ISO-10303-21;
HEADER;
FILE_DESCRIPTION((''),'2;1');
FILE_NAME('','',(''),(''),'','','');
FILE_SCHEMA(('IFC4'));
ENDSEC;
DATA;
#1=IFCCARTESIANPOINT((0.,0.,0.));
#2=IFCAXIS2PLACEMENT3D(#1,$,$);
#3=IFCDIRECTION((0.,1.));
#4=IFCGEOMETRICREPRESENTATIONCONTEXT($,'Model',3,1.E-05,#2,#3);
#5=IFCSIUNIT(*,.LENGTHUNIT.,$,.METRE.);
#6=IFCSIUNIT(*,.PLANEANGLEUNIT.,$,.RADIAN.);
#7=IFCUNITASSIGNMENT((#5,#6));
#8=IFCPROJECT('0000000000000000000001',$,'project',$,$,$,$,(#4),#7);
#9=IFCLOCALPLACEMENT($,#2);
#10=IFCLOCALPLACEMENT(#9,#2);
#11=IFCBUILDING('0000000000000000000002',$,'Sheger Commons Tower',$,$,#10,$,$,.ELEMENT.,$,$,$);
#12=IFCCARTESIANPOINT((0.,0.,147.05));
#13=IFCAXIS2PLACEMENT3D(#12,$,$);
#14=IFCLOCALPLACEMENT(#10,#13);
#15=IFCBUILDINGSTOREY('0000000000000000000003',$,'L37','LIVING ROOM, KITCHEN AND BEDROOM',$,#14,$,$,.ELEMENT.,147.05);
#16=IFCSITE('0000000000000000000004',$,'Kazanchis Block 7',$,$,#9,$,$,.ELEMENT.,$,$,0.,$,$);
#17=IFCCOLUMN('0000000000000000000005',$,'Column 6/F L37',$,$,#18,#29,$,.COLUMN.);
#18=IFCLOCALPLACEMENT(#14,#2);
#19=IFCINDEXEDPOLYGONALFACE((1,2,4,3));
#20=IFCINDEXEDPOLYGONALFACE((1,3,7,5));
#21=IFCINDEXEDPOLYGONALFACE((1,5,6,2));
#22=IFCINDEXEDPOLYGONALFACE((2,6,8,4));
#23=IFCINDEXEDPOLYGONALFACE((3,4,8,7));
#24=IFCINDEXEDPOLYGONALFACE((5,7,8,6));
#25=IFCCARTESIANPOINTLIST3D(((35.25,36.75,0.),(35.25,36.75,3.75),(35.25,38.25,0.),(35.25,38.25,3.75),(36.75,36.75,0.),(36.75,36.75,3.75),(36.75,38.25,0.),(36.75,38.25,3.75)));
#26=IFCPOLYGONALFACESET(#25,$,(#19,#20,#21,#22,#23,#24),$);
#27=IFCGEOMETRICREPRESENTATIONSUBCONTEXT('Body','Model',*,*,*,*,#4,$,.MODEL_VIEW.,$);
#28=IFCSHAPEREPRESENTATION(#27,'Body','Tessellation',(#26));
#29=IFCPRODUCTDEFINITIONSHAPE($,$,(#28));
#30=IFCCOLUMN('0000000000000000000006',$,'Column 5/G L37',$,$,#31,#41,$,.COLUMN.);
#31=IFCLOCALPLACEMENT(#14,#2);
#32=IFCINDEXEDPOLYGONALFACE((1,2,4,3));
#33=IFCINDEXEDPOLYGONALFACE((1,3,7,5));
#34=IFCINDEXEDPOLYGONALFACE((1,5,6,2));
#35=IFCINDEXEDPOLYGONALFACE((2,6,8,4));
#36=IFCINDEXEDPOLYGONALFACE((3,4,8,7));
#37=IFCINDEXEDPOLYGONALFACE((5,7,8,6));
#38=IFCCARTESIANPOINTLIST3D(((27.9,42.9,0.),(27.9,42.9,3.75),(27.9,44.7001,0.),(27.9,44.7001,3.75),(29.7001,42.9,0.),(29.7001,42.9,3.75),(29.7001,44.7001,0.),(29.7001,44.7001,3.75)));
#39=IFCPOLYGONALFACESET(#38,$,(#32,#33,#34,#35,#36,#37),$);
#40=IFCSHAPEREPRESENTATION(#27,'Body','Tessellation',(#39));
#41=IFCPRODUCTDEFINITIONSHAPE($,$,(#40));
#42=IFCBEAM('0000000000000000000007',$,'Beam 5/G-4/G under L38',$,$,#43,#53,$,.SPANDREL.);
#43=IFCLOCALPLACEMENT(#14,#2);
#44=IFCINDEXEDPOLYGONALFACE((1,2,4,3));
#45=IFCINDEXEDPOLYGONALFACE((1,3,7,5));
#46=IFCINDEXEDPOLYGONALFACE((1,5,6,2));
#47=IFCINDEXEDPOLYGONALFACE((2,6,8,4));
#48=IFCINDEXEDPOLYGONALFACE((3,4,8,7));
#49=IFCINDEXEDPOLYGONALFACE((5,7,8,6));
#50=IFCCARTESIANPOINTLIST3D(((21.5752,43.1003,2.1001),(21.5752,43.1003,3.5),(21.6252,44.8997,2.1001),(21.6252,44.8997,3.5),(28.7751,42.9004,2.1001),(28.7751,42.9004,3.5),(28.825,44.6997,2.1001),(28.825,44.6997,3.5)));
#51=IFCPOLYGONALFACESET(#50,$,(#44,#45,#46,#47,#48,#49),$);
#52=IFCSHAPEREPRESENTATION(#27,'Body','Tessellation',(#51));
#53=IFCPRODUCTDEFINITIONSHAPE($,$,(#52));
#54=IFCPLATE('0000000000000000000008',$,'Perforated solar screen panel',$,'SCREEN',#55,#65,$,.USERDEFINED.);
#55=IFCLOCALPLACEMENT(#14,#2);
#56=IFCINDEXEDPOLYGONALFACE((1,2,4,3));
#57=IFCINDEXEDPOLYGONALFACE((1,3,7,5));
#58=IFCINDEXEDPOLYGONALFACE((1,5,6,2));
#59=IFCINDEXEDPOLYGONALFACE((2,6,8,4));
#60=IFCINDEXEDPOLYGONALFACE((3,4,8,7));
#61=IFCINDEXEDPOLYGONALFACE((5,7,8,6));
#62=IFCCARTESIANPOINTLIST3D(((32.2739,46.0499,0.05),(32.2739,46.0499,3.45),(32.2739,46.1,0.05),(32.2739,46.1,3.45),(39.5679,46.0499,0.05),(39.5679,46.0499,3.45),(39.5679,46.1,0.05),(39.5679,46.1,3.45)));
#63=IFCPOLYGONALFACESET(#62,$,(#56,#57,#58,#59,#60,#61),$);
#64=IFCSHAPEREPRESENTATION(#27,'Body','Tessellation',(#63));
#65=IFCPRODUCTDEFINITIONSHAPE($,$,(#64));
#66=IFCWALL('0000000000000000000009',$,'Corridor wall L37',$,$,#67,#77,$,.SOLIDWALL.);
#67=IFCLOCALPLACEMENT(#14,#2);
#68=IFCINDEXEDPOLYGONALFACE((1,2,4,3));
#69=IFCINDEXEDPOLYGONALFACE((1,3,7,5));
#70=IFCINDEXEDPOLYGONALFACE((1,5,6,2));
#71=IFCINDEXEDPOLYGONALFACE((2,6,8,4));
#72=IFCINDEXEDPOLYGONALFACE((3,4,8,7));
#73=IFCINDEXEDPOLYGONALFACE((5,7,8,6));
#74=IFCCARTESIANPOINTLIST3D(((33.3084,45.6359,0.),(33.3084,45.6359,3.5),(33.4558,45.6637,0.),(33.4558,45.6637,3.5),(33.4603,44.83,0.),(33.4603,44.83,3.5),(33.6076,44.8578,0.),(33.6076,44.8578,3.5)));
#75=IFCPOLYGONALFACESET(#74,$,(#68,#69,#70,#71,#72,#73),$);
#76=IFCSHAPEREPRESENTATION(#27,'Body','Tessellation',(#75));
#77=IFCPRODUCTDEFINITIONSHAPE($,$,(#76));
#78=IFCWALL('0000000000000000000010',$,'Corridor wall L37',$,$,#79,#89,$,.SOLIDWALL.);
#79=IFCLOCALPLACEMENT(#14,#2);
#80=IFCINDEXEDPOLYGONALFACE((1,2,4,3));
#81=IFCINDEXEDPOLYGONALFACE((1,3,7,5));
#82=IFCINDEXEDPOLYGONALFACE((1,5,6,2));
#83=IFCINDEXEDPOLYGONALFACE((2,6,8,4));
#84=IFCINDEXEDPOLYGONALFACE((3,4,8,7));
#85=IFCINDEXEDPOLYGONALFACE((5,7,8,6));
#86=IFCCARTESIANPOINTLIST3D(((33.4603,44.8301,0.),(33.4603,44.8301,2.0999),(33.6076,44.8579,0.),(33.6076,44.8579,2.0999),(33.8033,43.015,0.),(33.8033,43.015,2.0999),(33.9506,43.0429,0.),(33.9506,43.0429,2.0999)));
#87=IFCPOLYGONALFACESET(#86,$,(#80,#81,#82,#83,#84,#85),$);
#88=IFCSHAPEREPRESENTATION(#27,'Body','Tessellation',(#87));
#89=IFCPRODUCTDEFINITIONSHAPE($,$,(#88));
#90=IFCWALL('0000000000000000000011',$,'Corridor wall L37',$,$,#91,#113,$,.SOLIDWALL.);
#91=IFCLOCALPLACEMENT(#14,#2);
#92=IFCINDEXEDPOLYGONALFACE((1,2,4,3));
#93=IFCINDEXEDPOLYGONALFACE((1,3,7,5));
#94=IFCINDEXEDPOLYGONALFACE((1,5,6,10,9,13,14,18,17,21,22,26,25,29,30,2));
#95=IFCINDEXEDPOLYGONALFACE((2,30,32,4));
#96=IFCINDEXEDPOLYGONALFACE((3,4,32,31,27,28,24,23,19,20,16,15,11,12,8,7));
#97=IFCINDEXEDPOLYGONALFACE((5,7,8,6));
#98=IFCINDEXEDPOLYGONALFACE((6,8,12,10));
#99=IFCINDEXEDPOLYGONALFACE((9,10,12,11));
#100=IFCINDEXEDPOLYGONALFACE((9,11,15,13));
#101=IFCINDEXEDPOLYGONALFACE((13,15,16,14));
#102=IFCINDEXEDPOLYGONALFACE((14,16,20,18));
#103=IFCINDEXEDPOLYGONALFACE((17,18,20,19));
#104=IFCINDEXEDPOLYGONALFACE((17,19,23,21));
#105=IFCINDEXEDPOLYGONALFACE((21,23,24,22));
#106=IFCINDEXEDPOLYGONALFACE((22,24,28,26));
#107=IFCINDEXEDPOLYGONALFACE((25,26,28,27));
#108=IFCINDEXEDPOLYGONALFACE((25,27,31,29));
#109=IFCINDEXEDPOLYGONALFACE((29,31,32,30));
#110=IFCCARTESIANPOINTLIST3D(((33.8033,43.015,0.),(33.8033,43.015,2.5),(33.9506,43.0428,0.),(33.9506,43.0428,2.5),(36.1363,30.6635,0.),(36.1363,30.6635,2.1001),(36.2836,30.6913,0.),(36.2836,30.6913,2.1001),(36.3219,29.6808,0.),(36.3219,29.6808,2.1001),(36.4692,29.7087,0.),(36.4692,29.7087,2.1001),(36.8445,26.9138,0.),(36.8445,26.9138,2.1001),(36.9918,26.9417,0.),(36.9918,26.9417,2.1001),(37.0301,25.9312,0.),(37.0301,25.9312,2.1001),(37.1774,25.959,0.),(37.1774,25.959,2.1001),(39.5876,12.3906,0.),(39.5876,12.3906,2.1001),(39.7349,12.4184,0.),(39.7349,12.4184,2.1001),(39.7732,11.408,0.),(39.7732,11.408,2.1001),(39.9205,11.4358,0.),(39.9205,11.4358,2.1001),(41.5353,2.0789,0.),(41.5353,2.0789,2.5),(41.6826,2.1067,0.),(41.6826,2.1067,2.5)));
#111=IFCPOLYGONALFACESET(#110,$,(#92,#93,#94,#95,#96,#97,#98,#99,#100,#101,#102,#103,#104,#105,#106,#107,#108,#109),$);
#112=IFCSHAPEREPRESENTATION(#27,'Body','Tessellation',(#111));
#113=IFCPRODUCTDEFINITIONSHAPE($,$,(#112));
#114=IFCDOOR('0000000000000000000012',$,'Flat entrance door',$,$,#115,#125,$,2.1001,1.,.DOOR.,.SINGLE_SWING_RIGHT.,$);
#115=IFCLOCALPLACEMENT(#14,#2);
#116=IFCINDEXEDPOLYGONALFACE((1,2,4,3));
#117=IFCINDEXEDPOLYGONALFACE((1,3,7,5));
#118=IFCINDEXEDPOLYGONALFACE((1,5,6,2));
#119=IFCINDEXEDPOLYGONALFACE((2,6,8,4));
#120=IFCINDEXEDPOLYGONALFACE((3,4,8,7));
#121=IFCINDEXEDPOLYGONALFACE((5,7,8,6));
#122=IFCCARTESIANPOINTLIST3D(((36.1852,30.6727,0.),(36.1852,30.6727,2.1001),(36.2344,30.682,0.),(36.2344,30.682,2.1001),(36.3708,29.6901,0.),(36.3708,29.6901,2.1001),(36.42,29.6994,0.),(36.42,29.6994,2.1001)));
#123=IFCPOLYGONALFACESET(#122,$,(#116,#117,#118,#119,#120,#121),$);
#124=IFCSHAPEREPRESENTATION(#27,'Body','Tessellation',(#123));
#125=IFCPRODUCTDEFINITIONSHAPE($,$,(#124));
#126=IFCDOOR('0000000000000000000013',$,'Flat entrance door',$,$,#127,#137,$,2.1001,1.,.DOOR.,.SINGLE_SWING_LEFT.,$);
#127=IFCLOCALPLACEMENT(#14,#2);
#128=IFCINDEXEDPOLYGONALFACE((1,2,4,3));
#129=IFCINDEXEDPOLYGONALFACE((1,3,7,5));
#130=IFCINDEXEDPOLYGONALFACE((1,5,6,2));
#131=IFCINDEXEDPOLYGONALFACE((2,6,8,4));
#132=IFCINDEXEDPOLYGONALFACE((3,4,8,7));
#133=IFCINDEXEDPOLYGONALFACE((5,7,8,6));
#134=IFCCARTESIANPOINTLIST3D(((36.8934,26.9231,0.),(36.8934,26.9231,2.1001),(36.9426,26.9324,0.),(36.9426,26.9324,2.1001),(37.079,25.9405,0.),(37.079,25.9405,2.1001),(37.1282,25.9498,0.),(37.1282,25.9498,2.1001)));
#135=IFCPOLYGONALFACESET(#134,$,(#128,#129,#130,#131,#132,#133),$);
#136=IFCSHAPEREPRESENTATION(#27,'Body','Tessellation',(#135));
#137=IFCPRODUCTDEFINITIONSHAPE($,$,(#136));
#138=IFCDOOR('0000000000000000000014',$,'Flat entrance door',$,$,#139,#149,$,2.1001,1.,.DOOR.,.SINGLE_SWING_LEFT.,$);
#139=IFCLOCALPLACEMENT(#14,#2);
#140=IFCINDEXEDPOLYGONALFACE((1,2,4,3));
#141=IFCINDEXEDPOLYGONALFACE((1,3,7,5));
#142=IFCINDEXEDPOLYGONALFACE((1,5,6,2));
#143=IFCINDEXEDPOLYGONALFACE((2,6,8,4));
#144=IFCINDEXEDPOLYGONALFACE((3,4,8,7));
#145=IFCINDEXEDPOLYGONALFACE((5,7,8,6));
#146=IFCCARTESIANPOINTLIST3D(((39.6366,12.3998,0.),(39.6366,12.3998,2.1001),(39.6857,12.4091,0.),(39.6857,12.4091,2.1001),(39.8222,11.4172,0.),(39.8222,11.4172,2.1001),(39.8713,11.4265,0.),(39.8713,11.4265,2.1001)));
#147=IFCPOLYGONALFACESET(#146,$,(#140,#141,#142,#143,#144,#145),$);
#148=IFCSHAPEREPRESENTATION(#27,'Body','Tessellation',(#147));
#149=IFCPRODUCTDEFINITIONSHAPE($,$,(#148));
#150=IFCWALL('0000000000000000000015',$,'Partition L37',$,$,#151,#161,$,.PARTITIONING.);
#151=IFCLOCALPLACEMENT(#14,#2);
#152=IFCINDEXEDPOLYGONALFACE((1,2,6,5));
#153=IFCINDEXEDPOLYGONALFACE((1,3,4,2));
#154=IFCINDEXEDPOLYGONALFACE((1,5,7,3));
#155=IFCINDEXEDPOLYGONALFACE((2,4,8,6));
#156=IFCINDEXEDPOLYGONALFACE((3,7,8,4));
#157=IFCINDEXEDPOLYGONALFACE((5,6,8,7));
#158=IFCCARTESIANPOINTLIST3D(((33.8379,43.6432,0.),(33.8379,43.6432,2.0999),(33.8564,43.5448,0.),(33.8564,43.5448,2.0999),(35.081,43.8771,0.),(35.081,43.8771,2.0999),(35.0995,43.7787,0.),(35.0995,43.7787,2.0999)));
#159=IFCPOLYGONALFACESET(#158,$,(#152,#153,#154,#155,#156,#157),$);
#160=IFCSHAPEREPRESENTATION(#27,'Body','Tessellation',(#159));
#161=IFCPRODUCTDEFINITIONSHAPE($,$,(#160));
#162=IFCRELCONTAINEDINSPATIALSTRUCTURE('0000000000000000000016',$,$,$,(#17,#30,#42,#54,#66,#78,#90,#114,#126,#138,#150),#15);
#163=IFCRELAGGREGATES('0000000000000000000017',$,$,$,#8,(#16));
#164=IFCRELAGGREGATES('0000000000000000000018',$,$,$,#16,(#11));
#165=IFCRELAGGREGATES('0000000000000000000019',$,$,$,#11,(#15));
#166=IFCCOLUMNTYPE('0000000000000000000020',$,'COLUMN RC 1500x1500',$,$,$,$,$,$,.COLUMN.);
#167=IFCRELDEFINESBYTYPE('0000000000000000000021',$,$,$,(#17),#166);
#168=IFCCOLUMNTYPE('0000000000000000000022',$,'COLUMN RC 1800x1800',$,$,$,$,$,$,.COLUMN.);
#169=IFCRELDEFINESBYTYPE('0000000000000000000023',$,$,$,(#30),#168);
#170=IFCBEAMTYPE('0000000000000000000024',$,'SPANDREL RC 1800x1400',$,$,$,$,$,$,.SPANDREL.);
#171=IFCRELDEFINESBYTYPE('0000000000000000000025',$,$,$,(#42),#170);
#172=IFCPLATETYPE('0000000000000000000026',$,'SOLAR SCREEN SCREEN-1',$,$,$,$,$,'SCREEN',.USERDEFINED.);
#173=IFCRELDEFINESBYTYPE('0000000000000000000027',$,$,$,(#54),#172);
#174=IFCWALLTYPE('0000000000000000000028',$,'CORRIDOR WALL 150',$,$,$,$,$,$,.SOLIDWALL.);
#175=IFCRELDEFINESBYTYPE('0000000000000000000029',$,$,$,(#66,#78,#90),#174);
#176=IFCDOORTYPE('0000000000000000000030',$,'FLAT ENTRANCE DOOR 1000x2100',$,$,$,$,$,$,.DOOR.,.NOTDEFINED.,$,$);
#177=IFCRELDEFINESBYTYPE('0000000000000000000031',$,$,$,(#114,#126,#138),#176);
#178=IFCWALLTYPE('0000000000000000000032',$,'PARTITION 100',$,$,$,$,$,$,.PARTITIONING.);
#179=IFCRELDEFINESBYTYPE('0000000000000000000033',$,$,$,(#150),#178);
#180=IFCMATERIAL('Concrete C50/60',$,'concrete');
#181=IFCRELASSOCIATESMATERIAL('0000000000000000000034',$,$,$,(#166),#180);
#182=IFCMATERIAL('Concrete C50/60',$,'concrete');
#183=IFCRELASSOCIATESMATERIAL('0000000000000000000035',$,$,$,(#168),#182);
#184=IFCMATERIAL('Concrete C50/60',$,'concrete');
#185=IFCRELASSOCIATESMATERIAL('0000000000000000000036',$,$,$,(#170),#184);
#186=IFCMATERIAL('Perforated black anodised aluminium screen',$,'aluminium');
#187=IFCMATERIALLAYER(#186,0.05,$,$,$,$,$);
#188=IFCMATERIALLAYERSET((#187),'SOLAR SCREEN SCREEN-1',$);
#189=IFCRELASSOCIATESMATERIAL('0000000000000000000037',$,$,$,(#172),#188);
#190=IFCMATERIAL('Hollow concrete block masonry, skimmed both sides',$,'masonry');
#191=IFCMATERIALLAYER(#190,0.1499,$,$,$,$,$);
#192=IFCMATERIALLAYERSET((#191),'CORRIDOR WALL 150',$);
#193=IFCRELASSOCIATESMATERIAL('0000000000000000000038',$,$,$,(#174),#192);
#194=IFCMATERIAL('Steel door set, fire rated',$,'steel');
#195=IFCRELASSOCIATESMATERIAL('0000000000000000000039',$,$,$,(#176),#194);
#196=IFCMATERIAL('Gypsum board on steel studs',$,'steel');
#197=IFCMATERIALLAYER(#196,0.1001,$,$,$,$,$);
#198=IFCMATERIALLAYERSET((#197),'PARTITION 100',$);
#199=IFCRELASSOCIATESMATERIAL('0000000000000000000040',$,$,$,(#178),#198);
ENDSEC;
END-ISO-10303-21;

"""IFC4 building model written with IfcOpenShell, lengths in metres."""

from ifc_helpers import new_model, si_unit, direction, frame, frame_2d, origin, origin_2d, place, context, subcontext, project, spatial, rectangle, extrude, material, layer, layer_set, material_profile, profile_set, type_object, element, fill, save


model = new_model("IFC4")

# Units and contexts
model_context = context("Model", 3, precision=1e-05, world=origin(), true_north=direction((0.0, 1.0)))
body_context = subcontext(model_context, "Body", "Model", "MODEL_VIEW")
ifc_project = project(units=[si_unit("LENGTHUNIT", "METRE"), si_unit("PLANEANGLEUNIT", "RADIAN")], contexts=[model_context])

# Site, building, storey
site_placement = place(None, origin())
site = spatial("IfcSite", under=ifc_project, at=site_placement, Name="Kazanchis Block 7", CompositionType="ELEMENT", RefElevation=0.0)
building_placement = place(site_placement, origin())
building = spatial("IfcBuilding", under=site, at=building_placement, Name="Sheger Commons Tower", CompositionType="ELEMENT")
storey_placement = place(building_placement, frame((0.0, 0.0, 147.05)))
storey = spatial("IfcBuildingStorey", under=building, at=storey_placement, Name="L37", Description="LIVING ROOM, KITCHEN AND BEDROOM", CompositionType="ELEMENT", Elevation=147.05)

# Columns
ifc_material_1 = material(Name="Concrete C50/60", Category="concrete")
ifc_material_profile_1 = material_profile(ifc_material_1, rectangle(XDim=1.5, YDim=1.5, at=origin_2d()), Name="RC 1500x1500")
ifc_profile_set_1 = profile_set([ifc_material_profile_1], Name="Concrete C50/60")
column_type_1 = type_object("IfcColumnType", Name="COLUMN RC 1500x1500", PredefinedType="COLUMN", material=ifc_profile_set_1)
column_1_placement = place(storey_placement, frame((36.0, 37.5, 0.0), z_axis=(0.0, 0.0, 1.0), x_axis=(1.0, 0.0, 0.0)))
element("IfcColumn", 1, at=column_1_placement, inside=storey, type_object=column_type_1, Name="Column 6/F L37", PredefinedType="COLUMN", context=body_context, shape_type="SweptSolid", body=[
    extrude(rectangle(XDim=1.5, YDim=1.5, at=origin_2d()), origin(), (0.0, 0.0, 1.0), 3.75),
])
ifc_material_2 = material(Name="Concrete C50/60", Category="concrete")
ifc_material_profile_2 = material_profile(ifc_material_2, rectangle(XDim=1.8, YDim=1.8, at=origin_2d()), Name="RC 1800x1800")
ifc_profile_set_2 = profile_set([ifc_material_profile_2], Name="Concrete C50/60")
column_type_2 = type_object("IfcColumnType", Name="COLUMN RC 1800x1800", PredefinedType="COLUMN", material=ifc_profile_set_2)
column_2_placement = place(storey_placement, frame((28.8, 43.8, 0.0), z_axis=(0.0, 0.0, 1.0), x_axis=(1.0, 0.0, 0.0)))
element("IfcColumn", 2, at=column_2_placement, inside=storey, type_object=column_type_2, Name="Column 5/G L37", PredefinedType="COLUMN", context=body_context, shape_type="SweptSolid", body=[
    extrude(rectangle(XDim=1.8, YDim=1.8, at=origin_2d()), origin(), (0.0, 0.0, 1.0), 3.75),
])

# Beam
ifc_material_3 = material(Name="Concrete C50/60", Category="concrete")
ifc_material_profile_3 = material_profile(ifc_material_3, rectangle(XDim=1.8, YDim=1.3999, at=origin_2d()), Name="RC 1800x1400")
ifc_profile_set_3 = profile_set([ifc_material_profile_3], Name="Concrete C50/60")
beam_type = type_object("IfcBeamType", Name="SPANDREL RC 1800x1400", PredefinedType="SPANDREL", material=ifc_profile_set_3)
beam_placement = place(storey_placement, frame((28.8, 43.8, 2.8), z_axis=(-0.999615, 0.02776, 0.0), x_axis=(-0.02776, -0.999615, 0.0)))
element("IfcBeam", 3, at=beam_placement, inside=storey, type_object=beam_type, Name="Beam 5/G-4/G under L38", PredefinedType="SPANDREL", context=body_context, shape_type="SweptSolid", body=[
    extrude(rectangle(XDim=1.8, YDim=1.3999, at=origin_2d()), origin(), (0.0, 0.0, 1.0), 7.2026),
])

# Plate
ifc_material_4 = material(Name="Perforated black anodised aluminium screen", Category="aluminium")
ifc_layer_1 = layer(ifc_material_4, 0.05)
ifc_layer_set_1 = layer_set([ifc_layer_1], Name="SOLAR SCREEN SCREEN-1")
plate_type = type_object("IfcPlateType", Name="SOLAR SCREEN SCREEN-1", ElementType="SCREEN", PredefinedType="USERDEFINED", material=ifc_layer_set_1)
plate_placement = place(storey_placement, frame((35.9209, 46.075, 0.05), z_axis=(0.0, 0.0, 1.0), x_axis=(-1.0, 0.0, 0.0)))
element("IfcPlate", 4, at=plate_placement, inside=storey, type_object=plate_type, Name="Perforated solar screen panel", ObjectType="SCREEN", PredefinedType="USERDEFINED", context=body_context, shape_type="SweptSolid", body=[
    extrude(rectangle(XDim=7.2939, YDim=0.05, at=origin_2d()), origin(), (0.0, 0.0, 1.0), 3.3999),
])

# Walls
ifc_material_5 = material(Name="Hollow concrete block masonry, skimmed both sides", Category="masonry")
ifc_layer_2 = layer(ifc_material_5, 0.1499)
ifc_layer_set_2 = layer_set([ifc_layer_2], Name="CORRIDOR WALL 150")
wall_type_1 = type_object("IfcWallType", Name="CORRIDOR WALL 150", PredefinedType="SOLIDWALL", material=ifc_layer_set_2)
wall_1_placement = place(storey_placement, frame((33.3821, 45.6499, 0.0), z_axis=(0.0, 0.0, 1.0), x_axis=(0.185169, -0.982707, 0.0)))
element("IfcWall", 5, at=wall_1_placement, inside=storey, type_object=wall_type_1, Name="Corridor wall L37", PredefinedType="SOLIDWALL", context=body_context, shape_type="SweptSolid", body=[
    extrude(rectangle(XDim=0.8201, YDim=0.1499, at=frame_2d((0.4102, 0.0))), origin(), (0.0, 0.0, 1.0), 3.5),
])
wall_2_placement = place(storey_placement, frame((33.5339, 44.844, 0.0), z_axis=(0.0, 0.0, 1.0), x_axis=(0.185709, -0.982605, 0.0)))
element("IfcWall", 6, at=wall_2_placement, inside=storey, type_object=wall_type_1, Name="Corridor wall L37", PredefinedType="SOLIDWALL", context=body_context, shape_type="SweptSolid", body=[
    extrude(rectangle(XDim=1.8472, YDim=0.1499, at=frame_2d((0.9236, 0.0))), origin(), (0.0, 0.0, 1.0), 2.0999),
])

# Wall, openings, doors
wall_3_placement = place(storey_placement, frame((33.877, 43.0291, 0.0), z_axis=(0.0, 0.0, 1.0), x_axis=(0.185597, -0.982626, 0.0)))
wall_3 = element("IfcWall", 7, at=wall_3_placement, inside=storey, type_object=wall_type_1, Name="Corridor wall L37", PredefinedType="SOLIDWALL", context=body_context, shape_type="SweptSolid", body=[
    extrude(rectangle(XDim=41.6599, YDim=0.1499, at=frame_2d((20.8301, 0.0))), origin(), (0.0, 0.0, 1.0), 2.5),
])
opening_1_placement = place(wall_3_placement, frame((12.5701, 0.0, 0.0)))
opening_1 = element("IfcOpeningElement", 8, at=opening_1_placement, cuts=wall_3, PredefinedType="OPENING", context=body_context, shape_type="SweptSolid", body=[
    extrude(rectangle(XDim=1.0, YDim=2.1001, at=frame_2d((0.5, 1.05))), frame((0.0, 0.085, 0.0), z_axis=(0.0, -1.0, 0.0), x_axis=(1.0, 0.0, 0.0)), (0.0, 0.0, 1.0), 0.1699),
])
opening_2_placement = place(wall_3_placement, frame((16.386, 0.0, 0.0)))
opening_2 = element("IfcOpeningElement", 9, at=opening_2_placement, cuts=wall_3, PredefinedType="OPENING", context=body_context, shape_type="SweptSolid", body=[
    extrude(rectangle(XDim=1.0, YDim=2.1001, at=frame_2d((0.5, 1.05))), frame((0.0, 0.085, 0.0), z_axis=(0.0, -1.0, 0.0), x_axis=(1.0, 0.0, 0.0)), (0.0, 0.0, 1.0), 0.1699),
])
opening_3_placement = place(wall_3_placement, frame((31.166, 0.0, 0.0)))
opening_3 = element("IfcOpeningElement", 10, at=opening_3_placement, cuts=wall_3, PredefinedType="OPENING", context=body_context, shape_type="SweptSolid", body=[
    extrude(rectangle(XDim=1.0, YDim=2.1001, at=frame_2d((0.5, 1.05))), frame((0.0, 0.085, 0.0), z_axis=(0.0, -1.0, 0.0), x_axis=(1.0, 0.0, 0.0)), (0.0, 0.0, 1.0), 0.1699),
])
ifc_material_6 = material(Name="Steel door set, fire rated", Category="steel")
door_type_1 = type_object("IfcDoorType", Name="FLAT ENTRANCE DOOR 1000x2100", OperationType="NOTDEFINED", PredefinedType="DOOR", material=ifc_material_6)
door_1_placement = place(opening_1_placement, origin())
door_1 = element("IfcDoor", 11, at=door_1_placement, inside=storey, type_object=door_type_1, Name="Flat entrance door", OperationType="SINGLE_SWING_RIGHT", OverallHeight=2.1001, OverallWidth=1.0, PredefinedType="DOOR", context=body_context, shape_type="SweptSolid", body=[
    extrude(rectangle(XDim=1.0, YDim=2.1001, at=frame_2d((0.5, 1.05))), frame((0.0, 0.0249, 0.0), z_axis=(0.0, -1.0, 0.0), x_axis=(1.0, 0.0, 0.0)), (0.0, 0.0, 1.0), 0.05),
])
fill(opening_1, door_1)
door_2_placement = place(opening_2_placement, origin())
door_2 = element("IfcDoor", 12, at=door_2_placement, inside=storey, type_object=door_type_1, Name="Flat entrance door", OperationType="SINGLE_SWING_LEFT", OverallHeight=2.1001, OverallWidth=1.0, PredefinedType="DOOR", context=body_context, shape_type="SweptSolid", body=[
    extrude(rectangle(XDim=1.0, YDim=2.1001, at=frame_2d((0.5, 1.05))), frame((0.0, 0.0249, 0.0), z_axis=(0.0, -1.0, 0.0), x_axis=(1.0, 0.0, 0.0)), (0.0, 0.0, 1.0), 0.05),
])
fill(opening_2, door_2)
door_3_placement = place(opening_3_placement, origin())
door_3 = element("IfcDoor", 13, at=door_3_placement, inside=storey, type_object=door_type_1, Name="Flat entrance door", OperationType="SINGLE_SWING_LEFT", OverallHeight=2.1001, OverallWidth=1.0, PredefinedType="DOOR", context=body_context, shape_type="SweptSolid", body=[
    extrude(rectangle(XDim=1.0, YDim=2.1001, at=frame_2d((0.5, 1.05))), frame((0.0, 0.0249, 0.0), z_axis=(0.0, -1.0, 0.0), x_axis=(1.0, 0.0, 0.0)), (0.0, 0.0, 1.0), 0.05),
])
fill(opening_3, door_3)

# Wall
ifc_material_7 = material(Name="Gypsum board on steel studs", Category="steel")
ifc_layer_3 = layer(ifc_material_7, 0.1001)
ifc_layer_set_3 = layer_set([ifc_layer_3], Name="PARTITION 100")
wall_type_2 = type_object("IfcWallType", Name="PARTITION 100", PredefinedType="PARTITIONING", material=ifc_layer_set_3)
wall_4_placement = place(storey_placement, frame((35.0901, 43.8279, 0.0), z_axis=(0.0, 0.0, 1.0), x_axis=(-0.982758, -0.184894, 0.0)))
element("IfcWall", 14, at=wall_4_placement, inside=storey, type_object=wall_type_2, Name="Partition L37", PredefinedType="PARTITIONING", context=body_context, shape_type="SweptSolid", body=[
    extrude(rectangle(XDim=1.2649, YDim=0.1001, at=frame_2d((0.6323, 0.0))), origin(), (0.0, 0.0, 1.0), 2.0999),
])

save(model, "model.ifc")
